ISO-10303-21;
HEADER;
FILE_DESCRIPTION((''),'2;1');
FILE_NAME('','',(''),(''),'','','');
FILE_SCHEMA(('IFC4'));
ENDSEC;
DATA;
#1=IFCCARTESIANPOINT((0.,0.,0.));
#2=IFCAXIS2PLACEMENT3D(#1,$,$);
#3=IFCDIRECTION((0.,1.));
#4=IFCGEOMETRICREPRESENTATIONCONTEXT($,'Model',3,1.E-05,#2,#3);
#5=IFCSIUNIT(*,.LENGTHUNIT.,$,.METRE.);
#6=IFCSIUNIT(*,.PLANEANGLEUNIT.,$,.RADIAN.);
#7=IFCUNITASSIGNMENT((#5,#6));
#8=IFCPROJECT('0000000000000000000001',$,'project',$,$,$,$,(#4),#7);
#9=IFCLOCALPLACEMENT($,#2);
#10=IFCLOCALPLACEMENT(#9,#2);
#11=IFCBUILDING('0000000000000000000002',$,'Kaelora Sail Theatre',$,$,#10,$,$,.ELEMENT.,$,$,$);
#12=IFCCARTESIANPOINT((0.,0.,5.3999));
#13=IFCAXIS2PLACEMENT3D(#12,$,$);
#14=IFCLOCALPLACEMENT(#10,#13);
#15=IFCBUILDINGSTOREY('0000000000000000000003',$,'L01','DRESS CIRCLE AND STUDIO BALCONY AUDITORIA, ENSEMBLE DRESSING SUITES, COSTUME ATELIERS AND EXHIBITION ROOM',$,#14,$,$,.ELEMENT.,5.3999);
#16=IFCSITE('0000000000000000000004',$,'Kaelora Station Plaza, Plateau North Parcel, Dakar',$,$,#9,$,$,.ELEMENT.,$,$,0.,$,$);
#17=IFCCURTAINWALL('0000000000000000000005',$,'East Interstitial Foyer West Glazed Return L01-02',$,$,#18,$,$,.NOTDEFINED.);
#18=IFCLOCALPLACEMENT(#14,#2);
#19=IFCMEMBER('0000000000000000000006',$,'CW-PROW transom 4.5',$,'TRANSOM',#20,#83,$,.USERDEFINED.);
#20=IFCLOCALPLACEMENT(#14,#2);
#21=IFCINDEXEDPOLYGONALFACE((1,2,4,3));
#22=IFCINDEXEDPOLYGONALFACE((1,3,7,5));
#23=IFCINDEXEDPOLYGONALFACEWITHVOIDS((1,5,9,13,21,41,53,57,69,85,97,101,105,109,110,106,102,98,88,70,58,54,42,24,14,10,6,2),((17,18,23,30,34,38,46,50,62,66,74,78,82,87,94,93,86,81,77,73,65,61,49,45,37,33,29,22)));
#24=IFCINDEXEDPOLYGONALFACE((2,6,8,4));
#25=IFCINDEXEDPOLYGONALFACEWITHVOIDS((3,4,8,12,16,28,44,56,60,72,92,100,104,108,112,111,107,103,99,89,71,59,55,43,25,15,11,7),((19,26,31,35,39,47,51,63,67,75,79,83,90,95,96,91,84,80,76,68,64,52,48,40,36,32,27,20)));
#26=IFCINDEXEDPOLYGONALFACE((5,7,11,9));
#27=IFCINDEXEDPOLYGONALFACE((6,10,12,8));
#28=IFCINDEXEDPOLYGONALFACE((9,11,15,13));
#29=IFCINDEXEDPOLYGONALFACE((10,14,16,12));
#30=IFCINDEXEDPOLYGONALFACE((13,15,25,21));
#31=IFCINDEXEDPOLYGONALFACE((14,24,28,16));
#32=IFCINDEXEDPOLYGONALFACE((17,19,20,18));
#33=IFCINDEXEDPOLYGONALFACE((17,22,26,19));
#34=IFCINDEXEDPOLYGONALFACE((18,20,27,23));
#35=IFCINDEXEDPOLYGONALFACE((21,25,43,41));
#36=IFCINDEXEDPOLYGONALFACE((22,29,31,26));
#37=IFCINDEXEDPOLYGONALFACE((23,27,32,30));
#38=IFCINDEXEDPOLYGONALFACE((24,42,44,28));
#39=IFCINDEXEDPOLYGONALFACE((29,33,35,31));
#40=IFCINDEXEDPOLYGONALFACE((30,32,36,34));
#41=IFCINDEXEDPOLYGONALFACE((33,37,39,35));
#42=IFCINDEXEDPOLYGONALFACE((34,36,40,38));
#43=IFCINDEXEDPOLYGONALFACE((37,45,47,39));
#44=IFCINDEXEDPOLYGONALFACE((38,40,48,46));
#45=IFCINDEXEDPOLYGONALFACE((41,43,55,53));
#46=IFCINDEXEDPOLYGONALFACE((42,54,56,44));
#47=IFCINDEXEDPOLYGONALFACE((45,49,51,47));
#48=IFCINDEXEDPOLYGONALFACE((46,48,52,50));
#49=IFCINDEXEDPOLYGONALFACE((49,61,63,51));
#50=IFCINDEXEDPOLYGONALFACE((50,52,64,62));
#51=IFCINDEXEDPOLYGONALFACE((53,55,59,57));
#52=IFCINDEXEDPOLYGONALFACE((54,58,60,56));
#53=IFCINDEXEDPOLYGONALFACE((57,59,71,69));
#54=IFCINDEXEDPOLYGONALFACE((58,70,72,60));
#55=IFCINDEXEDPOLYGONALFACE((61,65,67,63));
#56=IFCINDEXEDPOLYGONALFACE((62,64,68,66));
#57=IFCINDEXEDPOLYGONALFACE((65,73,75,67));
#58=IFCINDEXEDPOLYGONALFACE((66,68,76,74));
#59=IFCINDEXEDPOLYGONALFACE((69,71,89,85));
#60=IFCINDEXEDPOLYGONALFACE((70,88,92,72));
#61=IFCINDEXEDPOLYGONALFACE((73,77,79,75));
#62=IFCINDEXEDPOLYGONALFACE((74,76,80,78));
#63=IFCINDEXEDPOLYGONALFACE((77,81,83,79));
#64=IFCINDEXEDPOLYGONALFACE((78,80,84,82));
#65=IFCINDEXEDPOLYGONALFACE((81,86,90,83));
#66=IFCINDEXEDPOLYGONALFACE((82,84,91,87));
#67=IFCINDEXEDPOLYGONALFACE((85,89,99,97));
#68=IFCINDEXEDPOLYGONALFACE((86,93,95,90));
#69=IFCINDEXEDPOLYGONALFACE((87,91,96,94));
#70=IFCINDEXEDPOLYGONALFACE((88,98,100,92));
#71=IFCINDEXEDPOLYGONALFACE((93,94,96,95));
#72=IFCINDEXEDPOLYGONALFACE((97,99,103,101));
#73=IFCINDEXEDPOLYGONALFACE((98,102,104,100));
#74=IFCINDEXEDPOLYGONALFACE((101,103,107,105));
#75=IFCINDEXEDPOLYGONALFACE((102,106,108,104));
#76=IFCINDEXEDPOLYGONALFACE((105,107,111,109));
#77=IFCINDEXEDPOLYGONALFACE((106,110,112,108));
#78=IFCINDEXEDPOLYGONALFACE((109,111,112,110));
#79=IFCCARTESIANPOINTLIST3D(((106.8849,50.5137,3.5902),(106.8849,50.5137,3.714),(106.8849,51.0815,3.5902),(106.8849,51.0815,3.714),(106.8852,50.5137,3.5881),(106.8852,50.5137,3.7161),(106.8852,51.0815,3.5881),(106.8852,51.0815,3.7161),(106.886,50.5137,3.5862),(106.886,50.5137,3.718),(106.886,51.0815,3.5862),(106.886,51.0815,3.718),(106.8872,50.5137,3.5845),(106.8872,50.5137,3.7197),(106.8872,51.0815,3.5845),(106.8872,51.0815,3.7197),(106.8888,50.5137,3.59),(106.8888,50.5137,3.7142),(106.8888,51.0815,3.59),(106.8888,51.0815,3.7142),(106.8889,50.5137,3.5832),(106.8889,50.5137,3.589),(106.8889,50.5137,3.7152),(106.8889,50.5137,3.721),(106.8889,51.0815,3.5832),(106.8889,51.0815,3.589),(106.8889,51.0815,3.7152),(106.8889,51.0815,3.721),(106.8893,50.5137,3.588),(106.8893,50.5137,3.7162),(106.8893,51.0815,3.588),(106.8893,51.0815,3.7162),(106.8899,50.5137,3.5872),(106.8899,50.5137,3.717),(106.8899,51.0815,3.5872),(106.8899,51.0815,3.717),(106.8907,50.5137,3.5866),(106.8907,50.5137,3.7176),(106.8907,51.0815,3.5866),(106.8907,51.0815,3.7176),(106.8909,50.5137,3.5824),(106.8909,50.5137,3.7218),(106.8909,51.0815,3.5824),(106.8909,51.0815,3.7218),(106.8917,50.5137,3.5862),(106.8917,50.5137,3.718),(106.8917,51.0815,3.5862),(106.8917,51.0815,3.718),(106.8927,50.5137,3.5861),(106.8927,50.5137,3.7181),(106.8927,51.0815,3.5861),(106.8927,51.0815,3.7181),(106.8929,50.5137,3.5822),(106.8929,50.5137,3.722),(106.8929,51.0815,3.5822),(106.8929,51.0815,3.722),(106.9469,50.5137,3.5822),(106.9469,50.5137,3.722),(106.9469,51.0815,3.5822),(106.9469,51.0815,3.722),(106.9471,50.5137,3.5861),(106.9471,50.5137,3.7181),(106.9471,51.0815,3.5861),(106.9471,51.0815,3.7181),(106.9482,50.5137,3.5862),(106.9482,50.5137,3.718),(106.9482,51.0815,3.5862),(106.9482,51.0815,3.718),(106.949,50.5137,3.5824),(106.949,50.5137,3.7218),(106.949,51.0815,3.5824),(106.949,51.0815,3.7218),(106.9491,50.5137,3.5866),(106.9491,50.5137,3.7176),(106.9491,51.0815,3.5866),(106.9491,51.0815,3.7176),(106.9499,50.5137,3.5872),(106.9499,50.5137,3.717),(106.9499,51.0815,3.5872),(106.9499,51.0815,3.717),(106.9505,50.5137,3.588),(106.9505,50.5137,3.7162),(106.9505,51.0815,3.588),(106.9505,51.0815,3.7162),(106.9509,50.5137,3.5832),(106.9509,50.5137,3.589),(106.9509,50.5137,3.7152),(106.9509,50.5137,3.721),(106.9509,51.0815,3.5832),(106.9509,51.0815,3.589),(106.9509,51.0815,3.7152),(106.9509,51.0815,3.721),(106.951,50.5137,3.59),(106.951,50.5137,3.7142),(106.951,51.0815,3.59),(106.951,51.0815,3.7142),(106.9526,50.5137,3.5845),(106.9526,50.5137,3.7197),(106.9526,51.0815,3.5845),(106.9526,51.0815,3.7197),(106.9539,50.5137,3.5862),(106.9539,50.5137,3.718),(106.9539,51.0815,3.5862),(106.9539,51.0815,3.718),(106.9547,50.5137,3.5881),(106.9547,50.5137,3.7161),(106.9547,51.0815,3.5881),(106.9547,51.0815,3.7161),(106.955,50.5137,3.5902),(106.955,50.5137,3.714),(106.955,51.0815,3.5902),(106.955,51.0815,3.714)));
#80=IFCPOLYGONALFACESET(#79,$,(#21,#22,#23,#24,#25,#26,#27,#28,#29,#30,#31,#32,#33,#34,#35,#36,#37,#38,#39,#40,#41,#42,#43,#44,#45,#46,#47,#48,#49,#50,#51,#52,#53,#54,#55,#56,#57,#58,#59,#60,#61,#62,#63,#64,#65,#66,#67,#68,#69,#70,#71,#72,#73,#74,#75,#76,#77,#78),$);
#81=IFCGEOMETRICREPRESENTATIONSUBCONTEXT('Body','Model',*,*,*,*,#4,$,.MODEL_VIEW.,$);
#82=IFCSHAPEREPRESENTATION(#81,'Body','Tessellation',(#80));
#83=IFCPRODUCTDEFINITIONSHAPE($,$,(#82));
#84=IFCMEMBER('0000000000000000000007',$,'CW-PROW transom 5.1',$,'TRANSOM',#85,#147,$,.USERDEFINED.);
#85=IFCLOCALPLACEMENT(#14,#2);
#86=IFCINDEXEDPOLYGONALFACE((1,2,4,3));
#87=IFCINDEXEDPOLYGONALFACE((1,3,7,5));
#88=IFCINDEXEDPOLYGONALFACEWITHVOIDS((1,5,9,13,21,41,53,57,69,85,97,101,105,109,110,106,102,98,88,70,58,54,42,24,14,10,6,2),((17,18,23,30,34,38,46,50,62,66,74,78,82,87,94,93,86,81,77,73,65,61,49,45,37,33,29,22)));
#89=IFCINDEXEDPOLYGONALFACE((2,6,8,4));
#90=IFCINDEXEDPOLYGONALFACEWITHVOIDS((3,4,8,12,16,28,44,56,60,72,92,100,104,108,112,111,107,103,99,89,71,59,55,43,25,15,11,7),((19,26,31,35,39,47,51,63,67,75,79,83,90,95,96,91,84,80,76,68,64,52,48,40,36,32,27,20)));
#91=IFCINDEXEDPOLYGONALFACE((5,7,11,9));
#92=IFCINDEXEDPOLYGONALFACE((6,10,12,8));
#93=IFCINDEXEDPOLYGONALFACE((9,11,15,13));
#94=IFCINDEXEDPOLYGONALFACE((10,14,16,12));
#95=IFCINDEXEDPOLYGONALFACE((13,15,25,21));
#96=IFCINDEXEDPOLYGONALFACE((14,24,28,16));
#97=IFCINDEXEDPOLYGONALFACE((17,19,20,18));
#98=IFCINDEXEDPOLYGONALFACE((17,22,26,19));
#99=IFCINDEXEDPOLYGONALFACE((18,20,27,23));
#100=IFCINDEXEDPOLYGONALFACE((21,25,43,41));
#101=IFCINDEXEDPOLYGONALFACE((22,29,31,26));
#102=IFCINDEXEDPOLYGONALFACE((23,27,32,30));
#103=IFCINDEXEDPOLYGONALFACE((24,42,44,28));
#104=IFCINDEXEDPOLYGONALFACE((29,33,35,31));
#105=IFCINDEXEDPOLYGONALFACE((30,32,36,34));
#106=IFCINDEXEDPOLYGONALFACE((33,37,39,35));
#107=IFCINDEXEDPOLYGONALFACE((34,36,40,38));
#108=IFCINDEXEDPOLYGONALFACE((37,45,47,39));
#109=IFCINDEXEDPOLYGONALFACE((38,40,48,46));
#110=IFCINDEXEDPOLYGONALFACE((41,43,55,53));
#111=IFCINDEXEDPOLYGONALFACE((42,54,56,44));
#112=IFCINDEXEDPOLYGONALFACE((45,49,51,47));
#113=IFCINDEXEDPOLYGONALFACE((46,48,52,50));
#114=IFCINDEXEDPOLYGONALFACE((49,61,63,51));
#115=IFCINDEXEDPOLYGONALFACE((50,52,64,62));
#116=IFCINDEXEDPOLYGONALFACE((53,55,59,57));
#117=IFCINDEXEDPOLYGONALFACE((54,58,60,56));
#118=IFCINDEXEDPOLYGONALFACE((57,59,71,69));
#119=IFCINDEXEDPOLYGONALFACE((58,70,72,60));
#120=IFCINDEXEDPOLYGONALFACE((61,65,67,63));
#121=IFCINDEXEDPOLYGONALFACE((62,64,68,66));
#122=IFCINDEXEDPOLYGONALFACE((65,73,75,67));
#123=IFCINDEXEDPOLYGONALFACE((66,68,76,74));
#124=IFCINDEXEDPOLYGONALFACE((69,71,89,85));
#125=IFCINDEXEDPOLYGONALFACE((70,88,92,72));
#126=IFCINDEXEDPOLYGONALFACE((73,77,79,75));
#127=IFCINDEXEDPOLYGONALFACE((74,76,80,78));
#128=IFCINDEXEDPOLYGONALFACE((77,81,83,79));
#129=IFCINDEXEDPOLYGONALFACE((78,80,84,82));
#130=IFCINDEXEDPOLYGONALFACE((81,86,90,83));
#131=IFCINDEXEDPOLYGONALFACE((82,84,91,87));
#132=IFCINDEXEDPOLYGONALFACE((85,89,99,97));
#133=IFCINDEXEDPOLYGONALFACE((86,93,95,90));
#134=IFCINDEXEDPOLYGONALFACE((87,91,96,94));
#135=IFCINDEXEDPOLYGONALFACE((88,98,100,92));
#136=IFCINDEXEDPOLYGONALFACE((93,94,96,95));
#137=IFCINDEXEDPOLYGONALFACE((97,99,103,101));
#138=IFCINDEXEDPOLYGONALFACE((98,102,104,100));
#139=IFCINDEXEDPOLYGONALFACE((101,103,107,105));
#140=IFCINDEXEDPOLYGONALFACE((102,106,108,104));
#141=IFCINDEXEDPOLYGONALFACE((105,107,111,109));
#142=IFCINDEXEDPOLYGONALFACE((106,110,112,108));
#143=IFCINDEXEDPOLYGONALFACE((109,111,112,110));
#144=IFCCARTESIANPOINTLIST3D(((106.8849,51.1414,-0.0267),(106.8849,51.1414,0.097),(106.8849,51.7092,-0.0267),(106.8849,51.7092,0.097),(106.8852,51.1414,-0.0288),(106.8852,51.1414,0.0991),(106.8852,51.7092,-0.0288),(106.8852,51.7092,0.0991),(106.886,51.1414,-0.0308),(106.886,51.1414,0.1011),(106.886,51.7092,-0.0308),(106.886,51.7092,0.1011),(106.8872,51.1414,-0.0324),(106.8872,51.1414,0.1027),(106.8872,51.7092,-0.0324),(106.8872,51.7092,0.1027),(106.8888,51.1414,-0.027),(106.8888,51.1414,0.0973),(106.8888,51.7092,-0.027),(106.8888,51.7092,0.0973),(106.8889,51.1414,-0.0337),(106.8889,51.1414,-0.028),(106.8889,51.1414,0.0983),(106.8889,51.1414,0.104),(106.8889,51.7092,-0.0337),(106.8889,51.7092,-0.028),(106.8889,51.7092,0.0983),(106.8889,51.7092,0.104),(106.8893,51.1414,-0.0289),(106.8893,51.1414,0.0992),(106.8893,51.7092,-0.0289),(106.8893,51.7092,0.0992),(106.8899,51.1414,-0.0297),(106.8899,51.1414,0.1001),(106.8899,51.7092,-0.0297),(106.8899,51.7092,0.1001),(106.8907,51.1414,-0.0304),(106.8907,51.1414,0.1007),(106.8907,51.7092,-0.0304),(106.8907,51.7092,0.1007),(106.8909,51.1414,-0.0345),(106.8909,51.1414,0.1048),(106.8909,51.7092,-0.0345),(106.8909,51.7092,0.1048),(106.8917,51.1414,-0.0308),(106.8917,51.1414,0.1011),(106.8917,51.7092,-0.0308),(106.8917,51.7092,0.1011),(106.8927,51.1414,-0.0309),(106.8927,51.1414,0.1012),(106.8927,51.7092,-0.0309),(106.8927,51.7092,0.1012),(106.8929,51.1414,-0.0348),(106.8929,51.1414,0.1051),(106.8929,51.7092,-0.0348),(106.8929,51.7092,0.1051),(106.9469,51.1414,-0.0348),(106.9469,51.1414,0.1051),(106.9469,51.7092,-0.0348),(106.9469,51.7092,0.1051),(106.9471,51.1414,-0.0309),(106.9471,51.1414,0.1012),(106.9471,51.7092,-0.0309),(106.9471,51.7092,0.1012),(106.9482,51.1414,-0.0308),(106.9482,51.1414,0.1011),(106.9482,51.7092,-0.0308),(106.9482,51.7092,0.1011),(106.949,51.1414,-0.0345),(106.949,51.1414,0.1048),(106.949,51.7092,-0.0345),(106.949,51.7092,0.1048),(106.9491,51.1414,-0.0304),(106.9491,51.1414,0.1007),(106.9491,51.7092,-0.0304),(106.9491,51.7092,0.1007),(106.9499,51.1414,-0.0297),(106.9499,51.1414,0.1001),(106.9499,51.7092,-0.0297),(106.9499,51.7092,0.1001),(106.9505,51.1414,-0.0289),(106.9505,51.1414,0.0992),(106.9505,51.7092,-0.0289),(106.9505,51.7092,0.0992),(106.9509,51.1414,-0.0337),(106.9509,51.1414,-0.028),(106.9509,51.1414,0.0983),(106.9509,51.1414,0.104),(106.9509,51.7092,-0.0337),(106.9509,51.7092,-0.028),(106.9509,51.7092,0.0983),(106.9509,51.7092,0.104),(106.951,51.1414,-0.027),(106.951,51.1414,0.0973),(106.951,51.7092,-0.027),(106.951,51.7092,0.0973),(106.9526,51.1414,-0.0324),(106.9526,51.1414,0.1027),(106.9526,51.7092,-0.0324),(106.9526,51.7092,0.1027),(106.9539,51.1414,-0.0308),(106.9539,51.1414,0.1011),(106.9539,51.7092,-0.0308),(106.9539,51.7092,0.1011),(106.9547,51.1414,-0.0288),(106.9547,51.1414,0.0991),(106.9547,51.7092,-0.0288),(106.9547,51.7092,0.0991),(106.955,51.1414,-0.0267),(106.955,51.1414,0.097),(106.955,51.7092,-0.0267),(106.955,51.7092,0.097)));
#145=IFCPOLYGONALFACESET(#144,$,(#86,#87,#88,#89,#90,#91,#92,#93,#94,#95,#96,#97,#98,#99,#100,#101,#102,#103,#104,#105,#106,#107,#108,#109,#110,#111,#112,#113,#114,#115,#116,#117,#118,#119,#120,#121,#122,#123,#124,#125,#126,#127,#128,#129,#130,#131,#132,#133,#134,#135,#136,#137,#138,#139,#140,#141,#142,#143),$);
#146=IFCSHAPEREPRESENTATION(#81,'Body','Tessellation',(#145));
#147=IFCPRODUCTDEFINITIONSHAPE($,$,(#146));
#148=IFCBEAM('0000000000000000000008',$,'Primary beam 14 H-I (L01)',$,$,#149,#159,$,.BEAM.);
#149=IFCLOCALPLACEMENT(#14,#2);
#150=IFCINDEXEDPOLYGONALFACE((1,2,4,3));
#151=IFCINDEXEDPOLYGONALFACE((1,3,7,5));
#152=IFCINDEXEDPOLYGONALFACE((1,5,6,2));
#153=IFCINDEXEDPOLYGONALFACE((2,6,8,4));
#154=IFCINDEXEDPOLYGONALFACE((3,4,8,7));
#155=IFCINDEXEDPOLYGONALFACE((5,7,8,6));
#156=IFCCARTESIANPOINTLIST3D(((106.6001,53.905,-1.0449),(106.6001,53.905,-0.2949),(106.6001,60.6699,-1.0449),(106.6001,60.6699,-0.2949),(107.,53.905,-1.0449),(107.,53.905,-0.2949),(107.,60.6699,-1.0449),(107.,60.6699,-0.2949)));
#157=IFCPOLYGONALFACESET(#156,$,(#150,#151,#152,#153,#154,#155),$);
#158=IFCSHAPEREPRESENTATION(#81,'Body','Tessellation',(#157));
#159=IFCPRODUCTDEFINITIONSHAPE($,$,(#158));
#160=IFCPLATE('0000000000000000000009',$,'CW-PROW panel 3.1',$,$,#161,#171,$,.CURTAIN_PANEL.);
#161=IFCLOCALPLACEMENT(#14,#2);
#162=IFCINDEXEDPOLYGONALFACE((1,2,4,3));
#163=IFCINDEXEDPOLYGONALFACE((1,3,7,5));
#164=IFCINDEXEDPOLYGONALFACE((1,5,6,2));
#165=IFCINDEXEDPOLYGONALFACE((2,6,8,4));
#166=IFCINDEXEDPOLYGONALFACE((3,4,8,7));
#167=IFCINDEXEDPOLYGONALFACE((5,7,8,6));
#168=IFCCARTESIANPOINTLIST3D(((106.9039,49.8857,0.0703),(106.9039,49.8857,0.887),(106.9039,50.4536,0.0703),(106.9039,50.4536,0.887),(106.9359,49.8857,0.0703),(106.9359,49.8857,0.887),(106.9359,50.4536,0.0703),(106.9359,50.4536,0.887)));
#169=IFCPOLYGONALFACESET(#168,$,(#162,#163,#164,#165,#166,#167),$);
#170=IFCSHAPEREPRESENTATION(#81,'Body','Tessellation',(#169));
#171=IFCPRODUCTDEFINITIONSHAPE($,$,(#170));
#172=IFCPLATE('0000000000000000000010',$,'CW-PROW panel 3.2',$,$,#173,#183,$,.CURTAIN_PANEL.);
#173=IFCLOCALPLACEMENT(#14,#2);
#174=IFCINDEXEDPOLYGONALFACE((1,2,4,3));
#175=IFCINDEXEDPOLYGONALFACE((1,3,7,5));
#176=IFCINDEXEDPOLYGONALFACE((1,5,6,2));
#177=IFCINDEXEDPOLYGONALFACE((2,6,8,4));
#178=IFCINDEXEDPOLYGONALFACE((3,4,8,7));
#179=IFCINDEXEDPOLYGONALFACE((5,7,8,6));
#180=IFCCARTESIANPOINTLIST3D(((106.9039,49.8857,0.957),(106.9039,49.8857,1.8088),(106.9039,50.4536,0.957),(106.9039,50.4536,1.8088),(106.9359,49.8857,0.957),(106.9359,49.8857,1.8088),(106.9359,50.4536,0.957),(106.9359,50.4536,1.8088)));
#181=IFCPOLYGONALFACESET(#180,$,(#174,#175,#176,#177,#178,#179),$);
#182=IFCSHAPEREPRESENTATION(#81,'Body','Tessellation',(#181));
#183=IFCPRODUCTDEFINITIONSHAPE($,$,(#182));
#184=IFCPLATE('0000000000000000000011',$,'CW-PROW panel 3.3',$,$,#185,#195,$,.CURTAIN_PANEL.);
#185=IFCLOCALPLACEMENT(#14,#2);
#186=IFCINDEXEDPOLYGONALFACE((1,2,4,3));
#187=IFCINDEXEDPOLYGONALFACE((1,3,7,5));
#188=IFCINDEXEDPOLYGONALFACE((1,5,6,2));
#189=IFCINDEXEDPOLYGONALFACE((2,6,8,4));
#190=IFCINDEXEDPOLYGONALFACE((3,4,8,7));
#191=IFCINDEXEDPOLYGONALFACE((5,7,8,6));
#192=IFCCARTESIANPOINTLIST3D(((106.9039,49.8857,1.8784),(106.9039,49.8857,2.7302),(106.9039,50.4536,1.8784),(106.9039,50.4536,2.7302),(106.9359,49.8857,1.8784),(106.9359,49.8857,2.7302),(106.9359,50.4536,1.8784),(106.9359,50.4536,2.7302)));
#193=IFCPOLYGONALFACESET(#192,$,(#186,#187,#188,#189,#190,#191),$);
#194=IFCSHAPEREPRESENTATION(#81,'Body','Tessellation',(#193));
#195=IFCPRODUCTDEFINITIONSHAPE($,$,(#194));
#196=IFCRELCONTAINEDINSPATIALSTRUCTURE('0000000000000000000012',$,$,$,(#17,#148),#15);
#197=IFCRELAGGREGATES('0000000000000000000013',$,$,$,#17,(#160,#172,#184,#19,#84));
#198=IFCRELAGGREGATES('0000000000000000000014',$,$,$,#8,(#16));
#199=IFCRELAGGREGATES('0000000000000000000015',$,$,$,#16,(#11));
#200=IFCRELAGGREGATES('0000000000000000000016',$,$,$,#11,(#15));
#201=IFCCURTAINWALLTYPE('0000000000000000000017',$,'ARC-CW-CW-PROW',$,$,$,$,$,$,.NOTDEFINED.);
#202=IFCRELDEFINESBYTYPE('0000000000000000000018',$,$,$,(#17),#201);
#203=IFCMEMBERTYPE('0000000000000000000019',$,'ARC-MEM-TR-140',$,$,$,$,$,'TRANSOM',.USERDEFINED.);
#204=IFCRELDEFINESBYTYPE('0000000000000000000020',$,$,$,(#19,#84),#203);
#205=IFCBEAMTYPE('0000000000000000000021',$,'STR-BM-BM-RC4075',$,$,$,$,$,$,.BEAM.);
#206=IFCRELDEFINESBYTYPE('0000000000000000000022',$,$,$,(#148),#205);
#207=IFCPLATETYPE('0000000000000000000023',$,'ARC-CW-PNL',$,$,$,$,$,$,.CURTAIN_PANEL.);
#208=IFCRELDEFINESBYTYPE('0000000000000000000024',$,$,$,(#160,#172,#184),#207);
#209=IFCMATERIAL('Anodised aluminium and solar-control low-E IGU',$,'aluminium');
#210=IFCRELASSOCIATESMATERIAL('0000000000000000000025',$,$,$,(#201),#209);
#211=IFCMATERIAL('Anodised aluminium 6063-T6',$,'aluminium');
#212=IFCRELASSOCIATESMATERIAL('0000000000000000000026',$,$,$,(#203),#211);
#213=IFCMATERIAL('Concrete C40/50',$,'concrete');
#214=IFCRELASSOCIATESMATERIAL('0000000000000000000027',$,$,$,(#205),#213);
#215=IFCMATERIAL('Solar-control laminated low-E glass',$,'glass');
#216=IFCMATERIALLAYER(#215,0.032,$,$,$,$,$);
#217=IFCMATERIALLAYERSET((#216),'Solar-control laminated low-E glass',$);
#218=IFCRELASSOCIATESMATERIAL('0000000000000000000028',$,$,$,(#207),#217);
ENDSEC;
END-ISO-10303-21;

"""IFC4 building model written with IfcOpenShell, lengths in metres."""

from ifc_helpers import new_model, si_unit, direction, frame, origin, origin_2d, place, context, subcontext, project, spatial, rectangle, hollow_rectangle, extrude, material, layer, layer_set, material_profile, profile_set, type_object, element, aggregate, save


model = new_model("IFC4")

# Units and contexts
model_context = context("Model", 3, precision=1e-05, world=origin(), true_north=direction((0.0, 1.0)))
body_context = subcontext(model_context, "Body", "Model", "MODEL_VIEW")
ifc_project = project(units=[si_unit("LENGTHUNIT", "METRE"), si_unit("PLANEANGLEUNIT", "RADIAN")], contexts=[model_context])

# Site, building, storey
site_placement = place(None, origin())
site = spatial("IfcSite", under=ifc_project, at=site_placement, Name="Kaelora Station Plaza, Plateau North Parcel, Dakar", CompositionType="ELEMENT", RefElevation=0.0)
building_placement = place(site_placement, origin())
building = spatial("IfcBuilding", under=site, at=building_placement, Name="Kaelora Sail Theatre", CompositionType="ELEMENT")
storey_placement = place(building_placement, frame((0.0, 0.0, 5.3999)))
storey = spatial("IfcBuildingStorey", under=building, at=storey_placement, Name="L01", Description="DRESS CIRCLE AND STUDIO BALCONY AUDITORIA, ENSEMBLE DRESSING SUITES, COSTUME ATELIERS AND EXHIBITION ROOM", CompositionType="ELEMENT", Elevation=5.3999)

# Curtain wall, members
ifc_material_1 = material(Name="Anodised aluminium and solar-control low-E IGU", Category="aluminium")
curtain_wall_type = type_object("IfcCurtainWallType", Name="ARC-CW-CW-PROW", PredefinedType="NOTDEFINED", material=ifc_material_1)
curtain_wall_placement = place(storey_placement, origin())
curtain_wall = element("IfcCurtainWall", 1, at=curtain_wall_placement, inside=storey, type_object=curtain_wall_type, Name="East Interstitial Foyer West Glazed Return L01-02", PredefinedType="NOTDEFINED")
ifc_material_2 = material(Name="Anodised aluminium 6063-T6", Category="aluminium")
ifc_material_profile_1 = material_profile(ifc_material_2, hollow_rectangle(XDim=0.0701, YDim=0.1399, WallThickness=0.0039, InnerFilletRadius=0.0039, OuterFilletRadius=0.0081, at=origin_2d()), Name="ALU-TRAN 70x140x4")
ifc_profile_set_1 = profile_set([ifc_material_profile_1], Name="Anodised aluminium 6063-T6")
member_type_1 = type_object("IfcMemberType", Name="ARC-MEM-TR-140", ElementType="TRANSOM", PredefinedType="USERDEFINED", material=ifc_profile_set_1)
member_1_placement = place(storey_placement, frame((106.9199, 50.5137, 3.6521), z_axis=(0.0, 1.0, 0.0), x_axis=(-1.0, 0.0, 0.0)))
member_1 = element("IfcMember", 2, at=member_1_placement, type_object=member_type_1, Name="CW-PROW transom 4.5", ObjectType="TRANSOM", PredefinedType="USERDEFINED", context=body_context, shape_type="SweptSolid", body=[
    extrude(hollow_rectangle(XDim=0.0701, YDim=0.1399, WallThickness=0.0039, InnerFilletRadius=0.0039, OuterFilletRadius=0.0081, at=origin_2d()), origin(), (0.0, 0.0, 1.0), 0.5679),
])
member_2_placement = place(storey_placement, frame((106.9199, 51.1414, 0.0352), z_axis=(0.0, 1.0, 0.0), x_axis=(-1.0, 0.0, 0.0)))
member_2 = element("IfcMember", 3, at=member_2_placement, type_object=member_type_1, Name="CW-PROW transom 5.1", ObjectType="TRANSOM", PredefinedType="USERDEFINED", context=body_context, shape_type="SweptSolid", body=[
    extrude(hollow_rectangle(XDim=0.0701, YDim=0.1399, WallThickness=0.0039, InnerFilletRadius=0.0039, OuterFilletRadius=0.0081, at=origin_2d()), origin(), (0.0, 0.0, 1.0), 0.5679),
])

# Beam
ifc_material_3 = material(Name="Concrete C40/50", Category="concrete")
ifc_material_profile_2 = material_profile(ifc_material_3, rectangle(XDim=0.3999, YDim=0.75, at=origin_2d()), Name="RC-BM 400x750")
ifc_profile_set_2 = profile_set([ifc_material_profile_2], Name="Concrete C40/50")
beam_type = type_object("IfcBeamType", Name="STR-BM-BM-RC4075", PredefinedType="BEAM", material=ifc_profile_set_2)
beam_placement = place(storey_placement, frame((106.8, 53.905, -0.6699), z_axis=(0.0, 1.0, 0.0), x_axis=(-1.0, 0.0, 0.0)))
element("IfcBeam", 4, at=beam_placement, inside=storey, type_object=beam_type, Name="Primary beam 14 H-I (L01)", PredefinedType="BEAM", context=body_context, shape_type="SweptSolid", body=[
    extrude(rectangle(XDim=0.3999, YDim=0.75, at=origin_2d()), origin(), (0.0, 0.0, 1.0), 6.7649),
])

# Plates
ifc_material_4 = material(Name="Solar-control laminated low-E glass", Category="glass")
ifc_layer = layer(ifc_material_4, 0.032)
ifc_layer_set = layer_set([ifc_layer], Name="Solar-control laminated low-E glass")
plate_type = type_object("IfcPlateType", Name="ARC-CW-PNL", PredefinedType="CURTAIN_PANEL", material=ifc_layer_set)
plate_1_placement = place(storey_placement, frame((106.9199, 50.1697, 0.0703), z_axis=(0.0, 0.0, 1.0), x_axis=(0.0, 1.0, 0.0)))
plate_1 = element("IfcPlate", 5, at=plate_1_placement, type_object=plate_type, Name="CW-PROW panel 3.1", PredefinedType="CURTAIN_PANEL", context=body_context, shape_type="SweptSolid", body=[
    extrude(rectangle(XDim=0.5679, YDim=0.032, at=origin_2d()), origin(), (0.0, 0.0, 1.0), 0.8167),
])
plate_2_placement = place(storey_placement, frame((106.9199, 50.1697, 0.957), z_axis=(0.0, 0.0, 1.0), x_axis=(0.0, 1.0, 0.0)))
plate_2 = element("IfcPlate", 6, at=plate_2_placement, type_object=plate_type, Name="CW-PROW panel 3.2", PredefinedType="CURTAIN_PANEL", context=body_context, shape_type="SweptSolid", body=[
    extrude(rectangle(XDim=0.5679, YDim=0.032, at=origin_2d()), origin(), (0.0, 0.0, 1.0), 0.8518),
])
plate_3_placement = place(storey_placement, frame((106.9199, 50.1697, 1.8784), z_axis=(0.0, 0.0, 1.0), x_axis=(0.0, 1.0, 0.0)))
plate_3 = element("IfcPlate", 7, at=plate_3_placement, type_object=plate_type, Name="CW-PROW panel 3.3", PredefinedType="CURTAIN_PANEL", context=body_context, shape_type="SweptSolid", body=[
    extrude(rectangle(XDim=0.5679, YDim=0.032, at=origin_2d()), origin(), (0.0, 0.0, 1.0), 0.8518),
])
aggregate(curtain_wall, [plate_1, plate_2, plate_3, member_1, member_2])

save(model, "model.ifc")
